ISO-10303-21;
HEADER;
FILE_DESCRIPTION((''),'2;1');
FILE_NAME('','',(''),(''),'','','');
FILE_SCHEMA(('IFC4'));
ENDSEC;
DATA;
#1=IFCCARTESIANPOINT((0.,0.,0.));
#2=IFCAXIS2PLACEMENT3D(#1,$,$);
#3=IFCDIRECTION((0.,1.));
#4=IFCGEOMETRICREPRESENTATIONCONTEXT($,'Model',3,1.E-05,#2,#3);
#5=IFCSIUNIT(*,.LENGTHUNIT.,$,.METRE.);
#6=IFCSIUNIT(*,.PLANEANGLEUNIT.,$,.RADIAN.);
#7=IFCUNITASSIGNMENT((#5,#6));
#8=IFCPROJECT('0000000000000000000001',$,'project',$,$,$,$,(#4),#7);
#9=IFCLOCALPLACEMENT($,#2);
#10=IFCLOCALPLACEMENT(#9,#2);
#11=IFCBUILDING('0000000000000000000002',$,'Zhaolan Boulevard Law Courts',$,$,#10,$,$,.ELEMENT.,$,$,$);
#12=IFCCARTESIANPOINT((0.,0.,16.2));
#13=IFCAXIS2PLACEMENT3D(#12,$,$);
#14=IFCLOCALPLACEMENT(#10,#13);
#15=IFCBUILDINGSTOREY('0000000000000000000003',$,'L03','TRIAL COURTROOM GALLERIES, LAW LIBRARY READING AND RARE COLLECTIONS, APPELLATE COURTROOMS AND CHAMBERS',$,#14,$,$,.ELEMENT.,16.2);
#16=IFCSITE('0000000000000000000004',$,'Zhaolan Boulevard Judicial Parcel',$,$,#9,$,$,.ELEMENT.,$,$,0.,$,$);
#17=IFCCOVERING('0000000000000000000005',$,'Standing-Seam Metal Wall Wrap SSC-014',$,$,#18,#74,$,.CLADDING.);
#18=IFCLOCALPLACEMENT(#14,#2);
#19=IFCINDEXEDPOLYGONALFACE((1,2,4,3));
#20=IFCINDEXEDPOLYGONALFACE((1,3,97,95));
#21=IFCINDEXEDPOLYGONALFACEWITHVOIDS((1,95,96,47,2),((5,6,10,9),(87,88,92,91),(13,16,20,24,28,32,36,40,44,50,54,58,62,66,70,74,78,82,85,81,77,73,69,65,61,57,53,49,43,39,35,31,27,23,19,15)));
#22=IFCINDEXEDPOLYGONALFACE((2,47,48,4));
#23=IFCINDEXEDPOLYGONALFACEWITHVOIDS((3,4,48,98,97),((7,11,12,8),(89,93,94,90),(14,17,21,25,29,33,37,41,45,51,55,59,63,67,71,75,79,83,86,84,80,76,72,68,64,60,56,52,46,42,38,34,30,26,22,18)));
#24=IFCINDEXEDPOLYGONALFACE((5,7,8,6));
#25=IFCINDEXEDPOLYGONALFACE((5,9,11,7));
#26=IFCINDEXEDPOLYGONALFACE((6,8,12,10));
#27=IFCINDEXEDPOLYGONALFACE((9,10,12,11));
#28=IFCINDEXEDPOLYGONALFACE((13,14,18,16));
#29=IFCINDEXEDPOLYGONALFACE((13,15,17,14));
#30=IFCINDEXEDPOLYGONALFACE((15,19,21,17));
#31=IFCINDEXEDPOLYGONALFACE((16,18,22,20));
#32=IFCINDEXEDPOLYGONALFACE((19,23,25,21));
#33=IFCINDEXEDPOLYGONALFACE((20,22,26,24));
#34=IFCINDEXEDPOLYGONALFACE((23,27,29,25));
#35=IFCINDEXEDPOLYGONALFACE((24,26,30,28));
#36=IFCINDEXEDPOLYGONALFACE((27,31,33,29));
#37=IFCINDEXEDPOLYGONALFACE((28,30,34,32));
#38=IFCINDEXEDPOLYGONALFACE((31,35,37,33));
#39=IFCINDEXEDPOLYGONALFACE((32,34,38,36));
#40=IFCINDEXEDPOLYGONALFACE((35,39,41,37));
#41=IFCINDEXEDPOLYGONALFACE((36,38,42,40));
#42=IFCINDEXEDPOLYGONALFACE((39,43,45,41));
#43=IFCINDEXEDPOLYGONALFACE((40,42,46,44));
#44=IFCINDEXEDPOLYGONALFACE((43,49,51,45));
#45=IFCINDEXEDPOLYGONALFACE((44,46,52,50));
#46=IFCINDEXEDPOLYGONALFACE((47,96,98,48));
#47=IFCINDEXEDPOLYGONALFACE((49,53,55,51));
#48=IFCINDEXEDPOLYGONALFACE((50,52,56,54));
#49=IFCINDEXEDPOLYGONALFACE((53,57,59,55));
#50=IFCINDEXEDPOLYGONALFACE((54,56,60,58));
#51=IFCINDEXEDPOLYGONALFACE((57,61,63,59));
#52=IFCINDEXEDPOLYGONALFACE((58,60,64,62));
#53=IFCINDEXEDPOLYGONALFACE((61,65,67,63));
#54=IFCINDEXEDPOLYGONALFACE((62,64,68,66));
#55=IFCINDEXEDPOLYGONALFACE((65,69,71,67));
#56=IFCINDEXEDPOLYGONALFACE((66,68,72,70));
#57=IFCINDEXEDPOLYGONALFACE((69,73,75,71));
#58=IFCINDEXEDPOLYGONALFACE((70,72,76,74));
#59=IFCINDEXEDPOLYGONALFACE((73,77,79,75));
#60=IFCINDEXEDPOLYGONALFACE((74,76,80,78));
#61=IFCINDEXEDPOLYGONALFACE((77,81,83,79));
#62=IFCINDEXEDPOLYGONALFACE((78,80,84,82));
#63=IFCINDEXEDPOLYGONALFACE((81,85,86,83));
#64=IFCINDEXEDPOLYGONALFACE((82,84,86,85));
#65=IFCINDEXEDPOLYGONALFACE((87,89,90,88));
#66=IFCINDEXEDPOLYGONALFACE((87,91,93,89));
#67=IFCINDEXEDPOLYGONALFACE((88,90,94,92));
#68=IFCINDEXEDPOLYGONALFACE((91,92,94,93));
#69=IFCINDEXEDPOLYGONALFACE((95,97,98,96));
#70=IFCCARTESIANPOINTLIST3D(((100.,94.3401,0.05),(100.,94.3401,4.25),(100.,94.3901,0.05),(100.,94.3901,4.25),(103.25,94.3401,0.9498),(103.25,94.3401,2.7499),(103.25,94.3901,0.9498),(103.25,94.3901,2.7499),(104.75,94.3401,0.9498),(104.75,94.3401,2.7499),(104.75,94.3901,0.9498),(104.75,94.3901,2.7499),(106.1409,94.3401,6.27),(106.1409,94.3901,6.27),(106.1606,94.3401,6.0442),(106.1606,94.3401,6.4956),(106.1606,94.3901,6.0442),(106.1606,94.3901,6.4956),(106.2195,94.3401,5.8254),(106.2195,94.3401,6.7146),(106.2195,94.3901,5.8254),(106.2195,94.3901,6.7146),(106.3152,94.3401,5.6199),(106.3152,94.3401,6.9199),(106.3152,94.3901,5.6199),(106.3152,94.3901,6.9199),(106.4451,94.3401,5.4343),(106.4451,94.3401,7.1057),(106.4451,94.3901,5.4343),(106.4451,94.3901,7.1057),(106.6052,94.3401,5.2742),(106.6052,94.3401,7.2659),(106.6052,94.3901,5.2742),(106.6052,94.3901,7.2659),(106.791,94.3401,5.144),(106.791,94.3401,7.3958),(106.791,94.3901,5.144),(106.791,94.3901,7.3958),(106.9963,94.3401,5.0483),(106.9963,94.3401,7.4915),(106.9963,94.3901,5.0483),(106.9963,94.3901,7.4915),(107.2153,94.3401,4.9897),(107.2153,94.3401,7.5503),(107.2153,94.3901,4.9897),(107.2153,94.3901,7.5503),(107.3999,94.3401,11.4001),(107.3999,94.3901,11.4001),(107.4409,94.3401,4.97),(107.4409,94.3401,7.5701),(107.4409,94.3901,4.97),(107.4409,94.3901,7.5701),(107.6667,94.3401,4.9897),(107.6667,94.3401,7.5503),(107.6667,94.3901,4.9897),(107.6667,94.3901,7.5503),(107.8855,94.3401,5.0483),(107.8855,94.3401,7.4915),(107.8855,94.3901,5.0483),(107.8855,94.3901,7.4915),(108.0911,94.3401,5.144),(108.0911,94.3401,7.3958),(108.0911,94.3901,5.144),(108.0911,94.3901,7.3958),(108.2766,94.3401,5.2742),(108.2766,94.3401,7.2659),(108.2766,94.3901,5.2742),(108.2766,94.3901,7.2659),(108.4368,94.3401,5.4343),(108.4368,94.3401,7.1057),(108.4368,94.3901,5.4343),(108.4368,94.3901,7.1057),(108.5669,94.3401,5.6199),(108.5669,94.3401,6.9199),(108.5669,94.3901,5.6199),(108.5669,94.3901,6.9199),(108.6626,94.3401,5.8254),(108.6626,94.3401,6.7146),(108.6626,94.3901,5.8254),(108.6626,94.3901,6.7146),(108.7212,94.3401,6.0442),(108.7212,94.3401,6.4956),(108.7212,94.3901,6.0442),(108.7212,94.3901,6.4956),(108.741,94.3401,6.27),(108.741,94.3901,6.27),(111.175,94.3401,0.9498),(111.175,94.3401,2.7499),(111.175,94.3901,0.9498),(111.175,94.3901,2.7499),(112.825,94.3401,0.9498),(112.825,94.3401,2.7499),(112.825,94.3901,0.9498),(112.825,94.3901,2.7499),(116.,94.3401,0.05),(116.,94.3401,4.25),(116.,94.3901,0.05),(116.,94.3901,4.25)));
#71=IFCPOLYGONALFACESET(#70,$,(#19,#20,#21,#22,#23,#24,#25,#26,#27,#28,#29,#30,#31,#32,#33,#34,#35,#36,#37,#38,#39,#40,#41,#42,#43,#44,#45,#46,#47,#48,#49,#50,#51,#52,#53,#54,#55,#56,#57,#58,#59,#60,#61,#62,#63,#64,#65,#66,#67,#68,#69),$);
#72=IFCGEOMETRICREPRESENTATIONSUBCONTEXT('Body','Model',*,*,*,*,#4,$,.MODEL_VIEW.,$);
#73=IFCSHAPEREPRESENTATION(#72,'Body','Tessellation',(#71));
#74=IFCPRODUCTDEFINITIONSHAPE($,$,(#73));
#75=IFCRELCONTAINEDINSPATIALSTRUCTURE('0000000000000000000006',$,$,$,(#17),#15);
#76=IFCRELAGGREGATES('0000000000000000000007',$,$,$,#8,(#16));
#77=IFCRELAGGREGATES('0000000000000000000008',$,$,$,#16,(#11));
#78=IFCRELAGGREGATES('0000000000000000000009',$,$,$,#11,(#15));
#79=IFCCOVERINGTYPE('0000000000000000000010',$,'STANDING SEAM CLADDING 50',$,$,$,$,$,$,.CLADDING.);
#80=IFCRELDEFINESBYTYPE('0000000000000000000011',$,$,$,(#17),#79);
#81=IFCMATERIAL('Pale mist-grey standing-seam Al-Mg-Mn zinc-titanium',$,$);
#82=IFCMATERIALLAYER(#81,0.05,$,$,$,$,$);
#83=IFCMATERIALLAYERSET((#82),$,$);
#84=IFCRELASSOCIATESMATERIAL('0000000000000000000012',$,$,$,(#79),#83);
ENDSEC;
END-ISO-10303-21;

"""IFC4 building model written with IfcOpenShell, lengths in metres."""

from ifc_helpers import new_model, si_unit, direction, frame, frame_2d, origin, place, context, subcontext, project, spatial, polyline, rectangle, outline, extrude, material, layer, layer_set, type_object, element, save


model = new_model("IFC4")

# Units and contexts
model_context = context("Model", 3, precision=1e-05, world=origin(), true_north=direction((0.0, 1.0)))
body_context = subcontext(model_context, "Body", "Model", "MODEL_VIEW")
ifc_project = project(units=[si_unit("LENGTHUNIT", "METRE"), si_unit("PLANEANGLEUNIT", "RADIAN")], contexts=[model_context])

# Site, building, storey
site_placement = place(None, origin())
site = spatial("IfcSite", under=ifc_project, at=site_placement, Name="Zhaolan Boulevard Judicial Parcel", CompositionType="ELEMENT", RefElevation=0.0)
building_placement = place(site_placement, origin())
building = spatial("IfcBuilding", under=site, at=building_placement, Name="Zhaolan Boulevard Law Courts", CompositionType="ELEMENT")
storey_placement = place(building_placement, frame((0.0, 0.0, 16.2)))
storey = spatial("IfcBuildingStorey", under=building, at=storey_placement, Name="L03", Description="TRIAL COURTROOM GALLERIES, LAW LIBRARY READING AND RARE COLLECTIONS, APPELLATE COURTROOMS AND CHAMBERS", CompositionType="ELEMENT", Elevation=16.2)

# Covering, openings
ifc_material_1 = material(Name="Pale mist-grey standing-seam Al-Mg-Mn zinc-titanium")
ifc_layer_1 = layer(ifc_material_1, 0.05)
ifc_layer_set_1 = layer_set([ifc_layer_1])
covering_type = type_object("IfcCoveringType", Name="STANDING SEAM CLADDING 50", PredefinedType="CLADDING", material=ifc_layer_set_1)
covering_placement = place(storey_placement, frame((116.0, 94.365, 0.05), z_axis=(0.0, 0.0, 1.0), x_axis=(-1.0, 0.0, 0.0)))
covering = element("IfcCovering", 1, at=covering_placement, inside=storey, type_object=covering_type, Name="Standing-Seam Metal Wall Wrap SSC-014", PredefinedType="CLADDING", context=body_context, shape_type="SweptSolid", body=[
    extrude(outline(polyline([(0.0, 0.0), (16.0, 0.0), (16.0, 4.2), (8.6001, 11.3501), (0.0, 4.2), (0.0, 0.0)])), frame((0.0, 0.0249, 0.0), z_axis=(0.0, -1.0, 0.0), x_axis=(1.0, 0.0, 0.0)), (0.0, 0.0, 1.0), 0.05),
])
opening_1_placement = place(storey_placement, frame((104.75, 94.365, 0.95), z_axis=(0.0, 0.0, 1.0), x_axis=(-1.0, 0.0, 0.0)))
element("IfcOpeningElement", 2, at=opening_1_placement, cuts=covering, PredefinedType="OPENING", context=body_context, shape_type="SweptSolid", body=[
    extrude(rectangle(XDim=1.5, YDim=1.8, at=frame_2d((0.75, 0.8999))), frame((0.0, 0.1499, 0.0), z_axis=(0.0, -1.0, 0.0), x_axis=(1.0, 0.0, 0.0)), (0.0, 0.0, 1.0), 0.3),
])
opening_2_placement = place(storey_placement, frame((112.825, 94.365, 0.95), z_axis=(0.0, 0.0, 1.0), x_axis=(-1.0, 0.0, 0.0)))
element("IfcOpeningElement", 3, at=opening_2_placement, cuts=covering, PredefinedType="OPENING", context=body_context, shape_type="SweptSolid", body=[
    extrude(rectangle(XDim=1.6499, YDim=1.8, at=frame_2d((0.825, 0.8999))), frame((0.0, 0.1499, 0.0), z_axis=(0.0, -1.0, 0.0), x_axis=(1.0, 0.0, 0.0)), (0.0, 0.0, 1.0), 0.3),
])
opening_3_placement = place(storey_placement, frame((108.741, 94.365, 4.97), z_axis=(0.0, 0.0, 1.0), x_axis=(-1.0, 0.0, 0.0)))
element("IfcOpeningElement", 4, at=opening_3_placement, cuts=covering, PredefinedType="OPENING", context=body_context, shape_type="SweptSolid", body=[
    extrude(outline(polyline([(2.6001, 1.3), (2.5803, 1.5256), (2.5215, 1.7446), (2.4258, 1.95), (2.2959, 2.1357), (2.1357, 2.2959), (1.95, 2.4258), (1.7446, 2.5215), (1.5256, 2.5803), (1.3, 2.6001), (1.0742, 2.5803), (0.8555, 2.5215), (0.6499, 2.4258), (0.4644, 2.2959), (0.3042, 2.1357), (0.1741, 1.95), (0.0784, 1.7446), (0.0198, 1.5256), (0.0, 1.3), (0.0198, 1.0742), (0.0784, 0.8555), (0.1741, 0.6499), (0.3042, 0.4644), (0.4644, 0.3042), (0.6499, 0.1741), (0.8555, 0.0784), (1.0742, 0.0198), (1.3, 0.0), (1.5256, 0.0198), (1.7446, 0.0784), (1.95, 0.1741), (2.1357, 0.3042), (2.2959, 0.4644), (2.4258, 0.6499), (2.5215, 0.8555), (2.5803, 1.0742), (2.6001, 1.3)])), frame((0.0, 0.1499, 0.0), z_axis=(0.0, -1.0, 0.0), x_axis=(1.0, 0.0, 0.0)), (0.0, 0.0, 1.0), 0.3),
])

save(model, "model.ifc")
